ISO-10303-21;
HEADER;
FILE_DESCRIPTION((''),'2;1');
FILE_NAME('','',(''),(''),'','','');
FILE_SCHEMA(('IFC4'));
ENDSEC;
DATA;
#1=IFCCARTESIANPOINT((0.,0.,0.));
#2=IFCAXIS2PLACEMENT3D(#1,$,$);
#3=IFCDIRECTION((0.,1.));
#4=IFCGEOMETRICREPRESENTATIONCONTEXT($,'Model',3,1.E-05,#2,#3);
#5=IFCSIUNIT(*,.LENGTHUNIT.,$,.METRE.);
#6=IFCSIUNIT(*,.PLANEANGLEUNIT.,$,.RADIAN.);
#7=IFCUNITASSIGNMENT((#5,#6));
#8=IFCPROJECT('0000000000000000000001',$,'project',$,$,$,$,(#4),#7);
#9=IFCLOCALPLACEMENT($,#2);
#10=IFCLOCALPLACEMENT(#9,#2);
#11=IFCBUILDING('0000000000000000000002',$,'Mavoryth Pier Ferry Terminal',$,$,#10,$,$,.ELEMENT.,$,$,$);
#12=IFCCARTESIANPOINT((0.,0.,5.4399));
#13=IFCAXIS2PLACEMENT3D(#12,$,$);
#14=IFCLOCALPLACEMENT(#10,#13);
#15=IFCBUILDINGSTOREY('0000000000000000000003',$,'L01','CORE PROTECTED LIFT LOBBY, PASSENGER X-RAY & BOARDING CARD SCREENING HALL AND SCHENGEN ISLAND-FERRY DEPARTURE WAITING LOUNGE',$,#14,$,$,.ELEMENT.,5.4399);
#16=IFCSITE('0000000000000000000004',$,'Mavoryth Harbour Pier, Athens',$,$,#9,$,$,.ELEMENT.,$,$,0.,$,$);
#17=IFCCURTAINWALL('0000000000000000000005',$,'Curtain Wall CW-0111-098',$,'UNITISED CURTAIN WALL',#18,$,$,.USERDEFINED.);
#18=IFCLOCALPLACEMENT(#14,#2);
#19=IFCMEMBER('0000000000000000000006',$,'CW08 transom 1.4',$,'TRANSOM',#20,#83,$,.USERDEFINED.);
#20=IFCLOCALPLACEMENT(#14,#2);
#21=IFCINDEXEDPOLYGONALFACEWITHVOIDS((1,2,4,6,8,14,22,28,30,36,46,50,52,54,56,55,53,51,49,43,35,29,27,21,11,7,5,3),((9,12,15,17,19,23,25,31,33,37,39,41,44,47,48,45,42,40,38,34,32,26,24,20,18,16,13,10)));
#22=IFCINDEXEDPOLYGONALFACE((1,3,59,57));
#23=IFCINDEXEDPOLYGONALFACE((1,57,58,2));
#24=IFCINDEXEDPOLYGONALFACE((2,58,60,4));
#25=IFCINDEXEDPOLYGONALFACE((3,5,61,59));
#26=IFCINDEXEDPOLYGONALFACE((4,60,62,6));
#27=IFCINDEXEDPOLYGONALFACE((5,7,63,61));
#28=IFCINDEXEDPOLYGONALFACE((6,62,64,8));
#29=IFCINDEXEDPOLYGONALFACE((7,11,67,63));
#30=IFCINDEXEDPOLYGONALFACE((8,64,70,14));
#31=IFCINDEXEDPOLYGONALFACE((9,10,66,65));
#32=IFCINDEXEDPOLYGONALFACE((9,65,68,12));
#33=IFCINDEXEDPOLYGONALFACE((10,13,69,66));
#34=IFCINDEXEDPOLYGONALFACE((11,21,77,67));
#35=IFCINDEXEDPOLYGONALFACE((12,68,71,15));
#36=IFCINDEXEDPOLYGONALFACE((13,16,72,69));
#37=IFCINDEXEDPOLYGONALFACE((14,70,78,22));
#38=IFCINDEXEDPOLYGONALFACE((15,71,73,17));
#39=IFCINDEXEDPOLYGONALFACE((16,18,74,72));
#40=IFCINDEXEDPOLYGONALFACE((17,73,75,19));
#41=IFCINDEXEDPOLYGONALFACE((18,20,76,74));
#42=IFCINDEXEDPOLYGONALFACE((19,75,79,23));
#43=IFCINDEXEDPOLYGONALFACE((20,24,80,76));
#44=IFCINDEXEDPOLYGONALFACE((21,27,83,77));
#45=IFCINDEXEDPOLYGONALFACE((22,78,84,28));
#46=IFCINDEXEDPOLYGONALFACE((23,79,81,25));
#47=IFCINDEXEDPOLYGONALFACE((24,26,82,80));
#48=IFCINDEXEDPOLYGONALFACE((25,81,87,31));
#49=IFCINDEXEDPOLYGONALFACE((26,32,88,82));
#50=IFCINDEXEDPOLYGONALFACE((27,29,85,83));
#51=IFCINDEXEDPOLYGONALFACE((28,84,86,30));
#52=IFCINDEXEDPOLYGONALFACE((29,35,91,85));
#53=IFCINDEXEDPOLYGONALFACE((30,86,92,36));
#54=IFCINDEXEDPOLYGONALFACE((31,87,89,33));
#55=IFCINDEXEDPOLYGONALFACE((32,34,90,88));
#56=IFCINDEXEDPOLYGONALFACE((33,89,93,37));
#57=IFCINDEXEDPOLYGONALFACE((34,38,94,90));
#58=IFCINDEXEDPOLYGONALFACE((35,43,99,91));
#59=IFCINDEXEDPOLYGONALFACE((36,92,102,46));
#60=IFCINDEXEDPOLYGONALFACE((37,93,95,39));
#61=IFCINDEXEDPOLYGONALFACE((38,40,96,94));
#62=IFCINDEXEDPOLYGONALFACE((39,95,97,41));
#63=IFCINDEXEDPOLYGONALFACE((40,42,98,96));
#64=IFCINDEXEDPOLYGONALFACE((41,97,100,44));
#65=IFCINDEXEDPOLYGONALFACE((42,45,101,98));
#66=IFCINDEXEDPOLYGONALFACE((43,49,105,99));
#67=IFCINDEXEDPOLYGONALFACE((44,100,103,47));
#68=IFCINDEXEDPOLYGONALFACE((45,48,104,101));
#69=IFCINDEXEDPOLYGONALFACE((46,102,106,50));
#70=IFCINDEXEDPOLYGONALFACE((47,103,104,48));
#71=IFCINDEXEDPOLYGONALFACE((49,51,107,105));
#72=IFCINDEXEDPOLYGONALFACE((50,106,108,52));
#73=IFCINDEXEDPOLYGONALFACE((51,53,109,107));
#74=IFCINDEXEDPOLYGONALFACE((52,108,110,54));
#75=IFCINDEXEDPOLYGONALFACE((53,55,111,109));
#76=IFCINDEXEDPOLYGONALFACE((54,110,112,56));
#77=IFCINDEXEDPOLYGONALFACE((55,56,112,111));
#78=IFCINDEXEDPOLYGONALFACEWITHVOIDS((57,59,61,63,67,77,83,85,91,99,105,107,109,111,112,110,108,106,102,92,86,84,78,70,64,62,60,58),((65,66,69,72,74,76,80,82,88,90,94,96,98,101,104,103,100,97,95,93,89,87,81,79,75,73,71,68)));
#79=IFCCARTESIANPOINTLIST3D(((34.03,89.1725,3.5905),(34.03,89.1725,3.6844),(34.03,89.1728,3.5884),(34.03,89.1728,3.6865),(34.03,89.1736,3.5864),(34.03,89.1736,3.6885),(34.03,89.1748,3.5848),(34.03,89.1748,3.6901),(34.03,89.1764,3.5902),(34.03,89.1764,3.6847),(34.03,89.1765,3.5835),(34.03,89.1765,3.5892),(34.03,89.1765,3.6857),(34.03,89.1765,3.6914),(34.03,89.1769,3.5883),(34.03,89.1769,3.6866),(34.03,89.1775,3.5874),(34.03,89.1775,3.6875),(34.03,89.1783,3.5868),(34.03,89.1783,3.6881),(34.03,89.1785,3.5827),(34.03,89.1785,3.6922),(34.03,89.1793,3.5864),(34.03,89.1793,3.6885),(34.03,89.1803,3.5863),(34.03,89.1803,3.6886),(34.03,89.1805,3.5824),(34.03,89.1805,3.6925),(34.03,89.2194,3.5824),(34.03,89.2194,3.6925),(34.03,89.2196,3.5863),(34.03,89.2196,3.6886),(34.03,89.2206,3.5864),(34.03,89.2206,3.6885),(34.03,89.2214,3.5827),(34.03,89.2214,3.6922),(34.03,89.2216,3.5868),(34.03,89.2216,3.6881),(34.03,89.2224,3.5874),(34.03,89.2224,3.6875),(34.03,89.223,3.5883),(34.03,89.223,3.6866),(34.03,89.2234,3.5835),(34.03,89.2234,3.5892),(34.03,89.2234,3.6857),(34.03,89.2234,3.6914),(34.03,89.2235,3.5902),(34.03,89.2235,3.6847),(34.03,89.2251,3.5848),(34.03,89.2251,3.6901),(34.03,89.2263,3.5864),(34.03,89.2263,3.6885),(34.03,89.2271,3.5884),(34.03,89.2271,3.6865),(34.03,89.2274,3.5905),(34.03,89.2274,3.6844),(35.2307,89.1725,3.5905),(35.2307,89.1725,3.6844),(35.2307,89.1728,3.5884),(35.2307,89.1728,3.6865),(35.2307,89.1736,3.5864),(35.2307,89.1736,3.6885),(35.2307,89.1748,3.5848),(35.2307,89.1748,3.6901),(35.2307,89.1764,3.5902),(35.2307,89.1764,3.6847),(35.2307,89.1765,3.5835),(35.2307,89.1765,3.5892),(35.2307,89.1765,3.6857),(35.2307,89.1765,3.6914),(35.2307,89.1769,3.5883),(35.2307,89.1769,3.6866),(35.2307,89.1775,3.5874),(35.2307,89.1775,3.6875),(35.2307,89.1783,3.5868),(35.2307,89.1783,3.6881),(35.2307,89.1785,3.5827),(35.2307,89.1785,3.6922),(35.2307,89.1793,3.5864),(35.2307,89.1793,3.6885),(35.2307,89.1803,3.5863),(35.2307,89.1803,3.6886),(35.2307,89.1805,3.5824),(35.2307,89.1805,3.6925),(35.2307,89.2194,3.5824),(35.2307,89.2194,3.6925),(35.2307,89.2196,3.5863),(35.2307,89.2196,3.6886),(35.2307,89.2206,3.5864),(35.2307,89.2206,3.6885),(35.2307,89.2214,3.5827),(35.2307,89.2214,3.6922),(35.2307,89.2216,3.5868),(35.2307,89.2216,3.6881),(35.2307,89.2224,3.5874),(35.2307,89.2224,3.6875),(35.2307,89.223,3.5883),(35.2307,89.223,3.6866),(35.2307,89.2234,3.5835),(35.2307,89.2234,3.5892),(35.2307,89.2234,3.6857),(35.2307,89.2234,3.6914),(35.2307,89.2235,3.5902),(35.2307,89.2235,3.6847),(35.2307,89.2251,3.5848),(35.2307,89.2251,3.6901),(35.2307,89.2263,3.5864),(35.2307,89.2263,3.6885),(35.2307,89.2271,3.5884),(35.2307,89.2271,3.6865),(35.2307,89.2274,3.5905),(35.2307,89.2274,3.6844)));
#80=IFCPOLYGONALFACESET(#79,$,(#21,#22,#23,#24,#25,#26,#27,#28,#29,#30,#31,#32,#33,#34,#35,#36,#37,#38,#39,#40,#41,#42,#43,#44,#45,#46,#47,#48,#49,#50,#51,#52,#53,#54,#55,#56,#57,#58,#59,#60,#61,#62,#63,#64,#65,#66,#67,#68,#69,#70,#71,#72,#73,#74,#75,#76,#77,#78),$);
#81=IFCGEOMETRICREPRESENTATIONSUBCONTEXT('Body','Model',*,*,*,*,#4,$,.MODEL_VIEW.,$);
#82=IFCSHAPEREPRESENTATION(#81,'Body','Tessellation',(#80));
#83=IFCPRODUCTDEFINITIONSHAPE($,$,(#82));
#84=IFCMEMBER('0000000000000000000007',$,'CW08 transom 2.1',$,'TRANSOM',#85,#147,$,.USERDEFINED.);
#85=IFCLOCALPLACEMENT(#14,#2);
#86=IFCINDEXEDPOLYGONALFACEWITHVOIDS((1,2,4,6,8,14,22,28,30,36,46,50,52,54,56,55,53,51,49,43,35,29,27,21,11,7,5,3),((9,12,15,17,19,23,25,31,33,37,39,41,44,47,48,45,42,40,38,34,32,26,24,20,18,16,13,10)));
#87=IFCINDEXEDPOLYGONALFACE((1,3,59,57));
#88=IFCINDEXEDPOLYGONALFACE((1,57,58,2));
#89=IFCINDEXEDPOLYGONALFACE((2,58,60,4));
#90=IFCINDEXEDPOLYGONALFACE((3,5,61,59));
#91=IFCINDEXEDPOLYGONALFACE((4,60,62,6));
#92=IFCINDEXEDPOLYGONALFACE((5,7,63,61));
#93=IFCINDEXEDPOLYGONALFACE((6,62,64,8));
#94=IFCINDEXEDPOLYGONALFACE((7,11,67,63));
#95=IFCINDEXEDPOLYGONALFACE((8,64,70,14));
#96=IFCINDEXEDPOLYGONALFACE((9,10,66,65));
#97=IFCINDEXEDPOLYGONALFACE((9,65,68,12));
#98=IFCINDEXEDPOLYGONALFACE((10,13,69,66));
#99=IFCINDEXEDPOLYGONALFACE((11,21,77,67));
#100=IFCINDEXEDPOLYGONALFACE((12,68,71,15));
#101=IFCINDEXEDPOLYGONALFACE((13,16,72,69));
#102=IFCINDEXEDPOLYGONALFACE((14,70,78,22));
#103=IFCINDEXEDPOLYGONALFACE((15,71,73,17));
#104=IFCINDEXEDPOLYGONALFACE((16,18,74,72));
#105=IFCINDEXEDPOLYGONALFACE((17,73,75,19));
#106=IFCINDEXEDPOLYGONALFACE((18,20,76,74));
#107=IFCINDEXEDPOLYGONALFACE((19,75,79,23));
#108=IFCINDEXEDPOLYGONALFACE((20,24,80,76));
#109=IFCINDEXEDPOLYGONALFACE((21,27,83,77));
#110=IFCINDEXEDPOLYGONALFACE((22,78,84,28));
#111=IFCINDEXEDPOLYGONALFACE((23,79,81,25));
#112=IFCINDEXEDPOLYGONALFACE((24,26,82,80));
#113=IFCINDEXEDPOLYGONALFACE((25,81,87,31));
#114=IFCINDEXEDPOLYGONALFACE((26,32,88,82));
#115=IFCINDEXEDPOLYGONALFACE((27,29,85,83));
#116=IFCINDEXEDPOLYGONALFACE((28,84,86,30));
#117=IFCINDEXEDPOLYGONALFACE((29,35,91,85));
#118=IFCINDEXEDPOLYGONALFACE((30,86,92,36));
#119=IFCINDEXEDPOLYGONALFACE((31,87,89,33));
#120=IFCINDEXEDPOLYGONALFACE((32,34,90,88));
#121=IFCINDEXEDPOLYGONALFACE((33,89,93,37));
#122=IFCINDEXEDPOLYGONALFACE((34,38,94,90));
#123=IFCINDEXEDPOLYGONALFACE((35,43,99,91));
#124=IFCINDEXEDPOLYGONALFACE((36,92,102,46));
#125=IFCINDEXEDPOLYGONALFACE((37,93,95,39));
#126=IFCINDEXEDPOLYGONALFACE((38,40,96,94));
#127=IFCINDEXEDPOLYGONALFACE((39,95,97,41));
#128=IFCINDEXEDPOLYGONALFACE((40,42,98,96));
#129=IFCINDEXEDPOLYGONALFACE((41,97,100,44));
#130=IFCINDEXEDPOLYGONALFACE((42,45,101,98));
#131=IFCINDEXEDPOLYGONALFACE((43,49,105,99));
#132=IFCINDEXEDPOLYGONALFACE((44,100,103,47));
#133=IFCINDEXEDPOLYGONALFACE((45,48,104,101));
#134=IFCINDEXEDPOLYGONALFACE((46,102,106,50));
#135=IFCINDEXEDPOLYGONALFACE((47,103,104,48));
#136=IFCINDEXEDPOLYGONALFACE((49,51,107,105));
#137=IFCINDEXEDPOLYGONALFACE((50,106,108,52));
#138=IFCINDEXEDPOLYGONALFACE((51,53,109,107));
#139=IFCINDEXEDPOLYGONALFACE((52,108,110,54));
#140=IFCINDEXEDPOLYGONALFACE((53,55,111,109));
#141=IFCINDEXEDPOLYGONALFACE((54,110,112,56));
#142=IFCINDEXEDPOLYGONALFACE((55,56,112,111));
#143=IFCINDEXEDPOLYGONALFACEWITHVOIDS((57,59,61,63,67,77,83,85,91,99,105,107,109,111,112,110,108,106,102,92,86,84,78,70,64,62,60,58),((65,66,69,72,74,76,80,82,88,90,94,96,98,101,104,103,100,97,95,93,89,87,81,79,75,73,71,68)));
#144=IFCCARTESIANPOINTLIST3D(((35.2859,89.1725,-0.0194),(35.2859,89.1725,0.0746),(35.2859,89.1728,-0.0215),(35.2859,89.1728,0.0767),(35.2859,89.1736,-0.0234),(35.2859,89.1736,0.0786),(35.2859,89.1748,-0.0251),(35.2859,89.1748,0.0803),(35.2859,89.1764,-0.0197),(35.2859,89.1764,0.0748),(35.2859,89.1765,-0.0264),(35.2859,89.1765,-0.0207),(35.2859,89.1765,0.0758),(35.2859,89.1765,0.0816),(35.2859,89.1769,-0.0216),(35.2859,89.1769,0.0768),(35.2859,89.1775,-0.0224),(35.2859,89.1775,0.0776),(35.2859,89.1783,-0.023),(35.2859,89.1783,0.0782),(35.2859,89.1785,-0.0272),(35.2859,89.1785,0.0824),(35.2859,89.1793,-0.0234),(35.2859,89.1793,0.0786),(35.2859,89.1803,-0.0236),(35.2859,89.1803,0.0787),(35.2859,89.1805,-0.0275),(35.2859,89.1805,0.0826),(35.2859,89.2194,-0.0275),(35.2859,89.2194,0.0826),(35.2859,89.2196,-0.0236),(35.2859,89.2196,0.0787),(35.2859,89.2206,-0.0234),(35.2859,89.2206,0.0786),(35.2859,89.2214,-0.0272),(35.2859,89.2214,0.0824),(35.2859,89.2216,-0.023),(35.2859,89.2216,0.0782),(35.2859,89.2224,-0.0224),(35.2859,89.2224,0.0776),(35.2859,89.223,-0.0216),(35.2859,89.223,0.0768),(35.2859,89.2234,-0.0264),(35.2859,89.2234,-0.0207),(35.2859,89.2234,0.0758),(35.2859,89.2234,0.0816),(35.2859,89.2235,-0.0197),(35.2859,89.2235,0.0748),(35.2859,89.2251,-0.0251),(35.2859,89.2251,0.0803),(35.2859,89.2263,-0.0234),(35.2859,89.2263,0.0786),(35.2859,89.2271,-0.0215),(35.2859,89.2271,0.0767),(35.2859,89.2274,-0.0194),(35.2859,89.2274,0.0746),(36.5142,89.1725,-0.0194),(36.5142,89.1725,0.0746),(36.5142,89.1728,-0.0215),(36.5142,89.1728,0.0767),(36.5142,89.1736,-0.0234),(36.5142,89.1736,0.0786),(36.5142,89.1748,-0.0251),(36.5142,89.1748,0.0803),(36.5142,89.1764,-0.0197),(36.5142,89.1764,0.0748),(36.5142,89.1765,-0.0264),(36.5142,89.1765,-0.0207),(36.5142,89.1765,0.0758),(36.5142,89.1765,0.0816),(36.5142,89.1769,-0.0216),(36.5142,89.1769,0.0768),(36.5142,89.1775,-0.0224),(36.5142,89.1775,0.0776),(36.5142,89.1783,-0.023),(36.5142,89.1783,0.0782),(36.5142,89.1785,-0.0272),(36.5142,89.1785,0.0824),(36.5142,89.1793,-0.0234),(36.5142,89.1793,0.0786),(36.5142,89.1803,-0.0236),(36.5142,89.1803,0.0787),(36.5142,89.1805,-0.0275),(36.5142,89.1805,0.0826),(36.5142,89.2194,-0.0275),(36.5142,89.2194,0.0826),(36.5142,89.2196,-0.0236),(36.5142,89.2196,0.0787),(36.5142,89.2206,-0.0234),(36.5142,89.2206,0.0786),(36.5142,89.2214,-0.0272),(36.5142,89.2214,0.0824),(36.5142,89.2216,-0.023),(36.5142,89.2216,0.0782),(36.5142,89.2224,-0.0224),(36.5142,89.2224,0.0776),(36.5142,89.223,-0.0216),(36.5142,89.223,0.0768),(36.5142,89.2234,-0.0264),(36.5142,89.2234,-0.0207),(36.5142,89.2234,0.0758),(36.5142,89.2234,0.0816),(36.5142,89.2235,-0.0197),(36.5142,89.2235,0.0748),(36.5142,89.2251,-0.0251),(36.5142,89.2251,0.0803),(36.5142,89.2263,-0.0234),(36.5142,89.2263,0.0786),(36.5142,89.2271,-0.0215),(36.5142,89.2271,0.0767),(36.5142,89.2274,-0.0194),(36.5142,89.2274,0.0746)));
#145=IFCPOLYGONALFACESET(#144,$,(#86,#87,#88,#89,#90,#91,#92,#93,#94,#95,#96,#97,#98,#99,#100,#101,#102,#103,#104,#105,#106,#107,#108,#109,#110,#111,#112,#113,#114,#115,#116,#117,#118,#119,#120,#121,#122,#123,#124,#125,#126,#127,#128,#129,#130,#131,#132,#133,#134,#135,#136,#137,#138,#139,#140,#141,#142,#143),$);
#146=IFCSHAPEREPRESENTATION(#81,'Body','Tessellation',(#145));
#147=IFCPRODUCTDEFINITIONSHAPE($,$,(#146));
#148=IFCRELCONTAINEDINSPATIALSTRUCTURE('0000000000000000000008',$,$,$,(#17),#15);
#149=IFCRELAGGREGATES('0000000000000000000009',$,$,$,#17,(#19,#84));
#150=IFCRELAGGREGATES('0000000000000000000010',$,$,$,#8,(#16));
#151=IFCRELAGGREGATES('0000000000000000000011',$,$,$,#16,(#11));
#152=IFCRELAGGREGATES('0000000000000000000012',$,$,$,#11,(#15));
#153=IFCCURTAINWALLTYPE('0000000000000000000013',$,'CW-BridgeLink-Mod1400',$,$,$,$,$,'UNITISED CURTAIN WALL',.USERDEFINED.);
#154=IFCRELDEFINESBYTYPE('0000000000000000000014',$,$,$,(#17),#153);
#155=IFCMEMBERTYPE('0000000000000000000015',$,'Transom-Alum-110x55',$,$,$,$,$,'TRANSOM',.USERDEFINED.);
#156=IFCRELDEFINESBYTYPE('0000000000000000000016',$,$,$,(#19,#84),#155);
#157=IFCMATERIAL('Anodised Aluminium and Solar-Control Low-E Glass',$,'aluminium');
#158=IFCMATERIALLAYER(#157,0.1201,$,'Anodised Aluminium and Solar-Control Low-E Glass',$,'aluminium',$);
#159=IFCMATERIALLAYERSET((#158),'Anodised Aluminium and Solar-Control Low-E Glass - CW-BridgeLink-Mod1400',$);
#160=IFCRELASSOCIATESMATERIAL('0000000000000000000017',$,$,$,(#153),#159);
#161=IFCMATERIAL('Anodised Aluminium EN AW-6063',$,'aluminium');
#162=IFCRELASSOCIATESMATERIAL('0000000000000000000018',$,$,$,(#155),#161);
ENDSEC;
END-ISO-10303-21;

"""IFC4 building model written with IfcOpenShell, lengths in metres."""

from ifc_helpers import new_model, si_unit, direction, frame, origin, origin_2d, place, context, subcontext, project, spatial, hollow_rectangle, extrude, material, layer, layer_set, material_profile, profile_set, type_object, element, aggregate, save


model = new_model("IFC4")

# Units and contexts
model_context = context("Model", 3, precision=1e-05, world=origin(), true_north=direction((0.0, 1.0)))
body_context = subcontext(model_context, "Body", "Model", "MODEL_VIEW")
ifc_project = project(units=[si_unit("LENGTHUNIT", "METRE"), si_unit("PLANEANGLEUNIT", "RADIAN")], contexts=[model_context])

# Site, building, storey
site_placement = place(None, origin())
site = spatial("IfcSite", under=ifc_project, at=site_placement, Name="Mavoryth Harbour Pier, Athens", CompositionType="ELEMENT", RefElevation=0.0)
building_placement = place(site_placement, origin())
building = spatial("IfcBuilding", under=site, at=building_placement, Name="Mavoryth Pier Ferry Terminal", CompositionType="ELEMENT")
storey_placement = place(building_placement, frame((0.0, 0.0, 5.4399)))
storey = spatial("IfcBuildingStorey", under=building, at=storey_placement, Name="L01", Description="CORE PROTECTED LIFT LOBBY, PASSENGER X-RAY & BOARDING CARD SCREENING HALL AND SCHENGEN ISLAND-FERRY DEPARTURE WAITING LOUNGE", CompositionType="ELEMENT", Elevation=5.4399)

# Curtain wall, members
ifc_material_1 = material(Name="Anodised Aluminium and Solar-Control Low-E Glass", Category="aluminium")
ifc_layer_1 = layer(ifc_material_1, 0.1201, Name="Anodised Aluminium and Solar-Control Low-E Glass", Category="aluminium")
ifc_layer_set_1 = layer_set([ifc_layer_1], Name="Anodised Aluminium and Solar-Control Low-E Glass - CW-BridgeLink-Mod1400")
curtain_wall_type = type_object("IfcCurtainWallType", Name="CW-BridgeLink-Mod1400", ElementType="UNITISED CURTAIN WALL", PredefinedType="USERDEFINED", material=ifc_layer_set_1)
curtain_wall_placement = place(storey_placement, origin())
curtain_wall = element("IfcCurtainWall", 1, at=curtain_wall_placement, inside=storey, type_object=curtain_wall_type, Name="Curtain Wall CW-0111-098", ObjectType="UNITISED CURTAIN WALL", PredefinedType="USERDEFINED")
ifc_material_2 = material(Name="Anodised Aluminium EN AW-6063", Category="aluminium")
ifc_material_profile_1 = material_profile(ifc_material_2, hollow_rectangle(XDim=0.0549, YDim=0.1101, WallThickness=0.0039, InnerFilletRadius=0.0039, OuterFilletRadius=0.0081, at=origin_2d()), Name="AL-TRAN 110x55x4", Category="aluminium")
ifc_profile_set_1 = profile_set([ifc_material_profile_1], Name="Anodised Aluminium EN AW-6063 - AL-TRAN 110x55x4")
member_type_1 = type_object("IfcMemberType", Name="Transom-Alum-110x55", ElementType="TRANSOM", PredefinedType="USERDEFINED", material=ifc_profile_set_1)
member_1_placement = place(storey_placement, frame((34.03, 89.2, 3.6375), z_axis=(1.0, 0.0, 0.0), x_axis=(0.0, 1.0, 0.0)))
member_1 = element("IfcMember", 2, at=member_1_placement, type_object=member_type_1, Name="CW08 transom 1.4", ObjectType="TRANSOM", PredefinedType="USERDEFINED", context=body_context, shape_type="SweptSolid", body=[
    extrude(hollow_rectangle(XDim=0.0549, YDim=0.1101, WallThickness=0.0039, InnerFilletRadius=0.0039, OuterFilletRadius=0.0081, at=origin_2d()), origin(), (0.0, 0.0, 1.0), 1.2007),
])
member_2_placement = place(storey_placement, frame((35.2859, 89.2, 0.0276), z_axis=(1.0, 0.0, 0.0), x_axis=(0.0, 1.0, 0.0)))
member_2 = element("IfcMember", 3, at=member_2_placement, type_object=member_type_1, Name="CW08 transom 2.1", ObjectType="TRANSOM", PredefinedType="USERDEFINED", context=body_context, shape_type="SweptSolid", body=[
    extrude(hollow_rectangle(XDim=0.0549, YDim=0.1101, WallThickness=0.0039, InnerFilletRadius=0.0039, OuterFilletRadius=0.0081, at=origin_2d()), origin(), (0.0, 0.0, 1.0), 1.2283),
])
aggregate(curtain_wall, [member_1, member_2])

save(model, "model.ifc")
